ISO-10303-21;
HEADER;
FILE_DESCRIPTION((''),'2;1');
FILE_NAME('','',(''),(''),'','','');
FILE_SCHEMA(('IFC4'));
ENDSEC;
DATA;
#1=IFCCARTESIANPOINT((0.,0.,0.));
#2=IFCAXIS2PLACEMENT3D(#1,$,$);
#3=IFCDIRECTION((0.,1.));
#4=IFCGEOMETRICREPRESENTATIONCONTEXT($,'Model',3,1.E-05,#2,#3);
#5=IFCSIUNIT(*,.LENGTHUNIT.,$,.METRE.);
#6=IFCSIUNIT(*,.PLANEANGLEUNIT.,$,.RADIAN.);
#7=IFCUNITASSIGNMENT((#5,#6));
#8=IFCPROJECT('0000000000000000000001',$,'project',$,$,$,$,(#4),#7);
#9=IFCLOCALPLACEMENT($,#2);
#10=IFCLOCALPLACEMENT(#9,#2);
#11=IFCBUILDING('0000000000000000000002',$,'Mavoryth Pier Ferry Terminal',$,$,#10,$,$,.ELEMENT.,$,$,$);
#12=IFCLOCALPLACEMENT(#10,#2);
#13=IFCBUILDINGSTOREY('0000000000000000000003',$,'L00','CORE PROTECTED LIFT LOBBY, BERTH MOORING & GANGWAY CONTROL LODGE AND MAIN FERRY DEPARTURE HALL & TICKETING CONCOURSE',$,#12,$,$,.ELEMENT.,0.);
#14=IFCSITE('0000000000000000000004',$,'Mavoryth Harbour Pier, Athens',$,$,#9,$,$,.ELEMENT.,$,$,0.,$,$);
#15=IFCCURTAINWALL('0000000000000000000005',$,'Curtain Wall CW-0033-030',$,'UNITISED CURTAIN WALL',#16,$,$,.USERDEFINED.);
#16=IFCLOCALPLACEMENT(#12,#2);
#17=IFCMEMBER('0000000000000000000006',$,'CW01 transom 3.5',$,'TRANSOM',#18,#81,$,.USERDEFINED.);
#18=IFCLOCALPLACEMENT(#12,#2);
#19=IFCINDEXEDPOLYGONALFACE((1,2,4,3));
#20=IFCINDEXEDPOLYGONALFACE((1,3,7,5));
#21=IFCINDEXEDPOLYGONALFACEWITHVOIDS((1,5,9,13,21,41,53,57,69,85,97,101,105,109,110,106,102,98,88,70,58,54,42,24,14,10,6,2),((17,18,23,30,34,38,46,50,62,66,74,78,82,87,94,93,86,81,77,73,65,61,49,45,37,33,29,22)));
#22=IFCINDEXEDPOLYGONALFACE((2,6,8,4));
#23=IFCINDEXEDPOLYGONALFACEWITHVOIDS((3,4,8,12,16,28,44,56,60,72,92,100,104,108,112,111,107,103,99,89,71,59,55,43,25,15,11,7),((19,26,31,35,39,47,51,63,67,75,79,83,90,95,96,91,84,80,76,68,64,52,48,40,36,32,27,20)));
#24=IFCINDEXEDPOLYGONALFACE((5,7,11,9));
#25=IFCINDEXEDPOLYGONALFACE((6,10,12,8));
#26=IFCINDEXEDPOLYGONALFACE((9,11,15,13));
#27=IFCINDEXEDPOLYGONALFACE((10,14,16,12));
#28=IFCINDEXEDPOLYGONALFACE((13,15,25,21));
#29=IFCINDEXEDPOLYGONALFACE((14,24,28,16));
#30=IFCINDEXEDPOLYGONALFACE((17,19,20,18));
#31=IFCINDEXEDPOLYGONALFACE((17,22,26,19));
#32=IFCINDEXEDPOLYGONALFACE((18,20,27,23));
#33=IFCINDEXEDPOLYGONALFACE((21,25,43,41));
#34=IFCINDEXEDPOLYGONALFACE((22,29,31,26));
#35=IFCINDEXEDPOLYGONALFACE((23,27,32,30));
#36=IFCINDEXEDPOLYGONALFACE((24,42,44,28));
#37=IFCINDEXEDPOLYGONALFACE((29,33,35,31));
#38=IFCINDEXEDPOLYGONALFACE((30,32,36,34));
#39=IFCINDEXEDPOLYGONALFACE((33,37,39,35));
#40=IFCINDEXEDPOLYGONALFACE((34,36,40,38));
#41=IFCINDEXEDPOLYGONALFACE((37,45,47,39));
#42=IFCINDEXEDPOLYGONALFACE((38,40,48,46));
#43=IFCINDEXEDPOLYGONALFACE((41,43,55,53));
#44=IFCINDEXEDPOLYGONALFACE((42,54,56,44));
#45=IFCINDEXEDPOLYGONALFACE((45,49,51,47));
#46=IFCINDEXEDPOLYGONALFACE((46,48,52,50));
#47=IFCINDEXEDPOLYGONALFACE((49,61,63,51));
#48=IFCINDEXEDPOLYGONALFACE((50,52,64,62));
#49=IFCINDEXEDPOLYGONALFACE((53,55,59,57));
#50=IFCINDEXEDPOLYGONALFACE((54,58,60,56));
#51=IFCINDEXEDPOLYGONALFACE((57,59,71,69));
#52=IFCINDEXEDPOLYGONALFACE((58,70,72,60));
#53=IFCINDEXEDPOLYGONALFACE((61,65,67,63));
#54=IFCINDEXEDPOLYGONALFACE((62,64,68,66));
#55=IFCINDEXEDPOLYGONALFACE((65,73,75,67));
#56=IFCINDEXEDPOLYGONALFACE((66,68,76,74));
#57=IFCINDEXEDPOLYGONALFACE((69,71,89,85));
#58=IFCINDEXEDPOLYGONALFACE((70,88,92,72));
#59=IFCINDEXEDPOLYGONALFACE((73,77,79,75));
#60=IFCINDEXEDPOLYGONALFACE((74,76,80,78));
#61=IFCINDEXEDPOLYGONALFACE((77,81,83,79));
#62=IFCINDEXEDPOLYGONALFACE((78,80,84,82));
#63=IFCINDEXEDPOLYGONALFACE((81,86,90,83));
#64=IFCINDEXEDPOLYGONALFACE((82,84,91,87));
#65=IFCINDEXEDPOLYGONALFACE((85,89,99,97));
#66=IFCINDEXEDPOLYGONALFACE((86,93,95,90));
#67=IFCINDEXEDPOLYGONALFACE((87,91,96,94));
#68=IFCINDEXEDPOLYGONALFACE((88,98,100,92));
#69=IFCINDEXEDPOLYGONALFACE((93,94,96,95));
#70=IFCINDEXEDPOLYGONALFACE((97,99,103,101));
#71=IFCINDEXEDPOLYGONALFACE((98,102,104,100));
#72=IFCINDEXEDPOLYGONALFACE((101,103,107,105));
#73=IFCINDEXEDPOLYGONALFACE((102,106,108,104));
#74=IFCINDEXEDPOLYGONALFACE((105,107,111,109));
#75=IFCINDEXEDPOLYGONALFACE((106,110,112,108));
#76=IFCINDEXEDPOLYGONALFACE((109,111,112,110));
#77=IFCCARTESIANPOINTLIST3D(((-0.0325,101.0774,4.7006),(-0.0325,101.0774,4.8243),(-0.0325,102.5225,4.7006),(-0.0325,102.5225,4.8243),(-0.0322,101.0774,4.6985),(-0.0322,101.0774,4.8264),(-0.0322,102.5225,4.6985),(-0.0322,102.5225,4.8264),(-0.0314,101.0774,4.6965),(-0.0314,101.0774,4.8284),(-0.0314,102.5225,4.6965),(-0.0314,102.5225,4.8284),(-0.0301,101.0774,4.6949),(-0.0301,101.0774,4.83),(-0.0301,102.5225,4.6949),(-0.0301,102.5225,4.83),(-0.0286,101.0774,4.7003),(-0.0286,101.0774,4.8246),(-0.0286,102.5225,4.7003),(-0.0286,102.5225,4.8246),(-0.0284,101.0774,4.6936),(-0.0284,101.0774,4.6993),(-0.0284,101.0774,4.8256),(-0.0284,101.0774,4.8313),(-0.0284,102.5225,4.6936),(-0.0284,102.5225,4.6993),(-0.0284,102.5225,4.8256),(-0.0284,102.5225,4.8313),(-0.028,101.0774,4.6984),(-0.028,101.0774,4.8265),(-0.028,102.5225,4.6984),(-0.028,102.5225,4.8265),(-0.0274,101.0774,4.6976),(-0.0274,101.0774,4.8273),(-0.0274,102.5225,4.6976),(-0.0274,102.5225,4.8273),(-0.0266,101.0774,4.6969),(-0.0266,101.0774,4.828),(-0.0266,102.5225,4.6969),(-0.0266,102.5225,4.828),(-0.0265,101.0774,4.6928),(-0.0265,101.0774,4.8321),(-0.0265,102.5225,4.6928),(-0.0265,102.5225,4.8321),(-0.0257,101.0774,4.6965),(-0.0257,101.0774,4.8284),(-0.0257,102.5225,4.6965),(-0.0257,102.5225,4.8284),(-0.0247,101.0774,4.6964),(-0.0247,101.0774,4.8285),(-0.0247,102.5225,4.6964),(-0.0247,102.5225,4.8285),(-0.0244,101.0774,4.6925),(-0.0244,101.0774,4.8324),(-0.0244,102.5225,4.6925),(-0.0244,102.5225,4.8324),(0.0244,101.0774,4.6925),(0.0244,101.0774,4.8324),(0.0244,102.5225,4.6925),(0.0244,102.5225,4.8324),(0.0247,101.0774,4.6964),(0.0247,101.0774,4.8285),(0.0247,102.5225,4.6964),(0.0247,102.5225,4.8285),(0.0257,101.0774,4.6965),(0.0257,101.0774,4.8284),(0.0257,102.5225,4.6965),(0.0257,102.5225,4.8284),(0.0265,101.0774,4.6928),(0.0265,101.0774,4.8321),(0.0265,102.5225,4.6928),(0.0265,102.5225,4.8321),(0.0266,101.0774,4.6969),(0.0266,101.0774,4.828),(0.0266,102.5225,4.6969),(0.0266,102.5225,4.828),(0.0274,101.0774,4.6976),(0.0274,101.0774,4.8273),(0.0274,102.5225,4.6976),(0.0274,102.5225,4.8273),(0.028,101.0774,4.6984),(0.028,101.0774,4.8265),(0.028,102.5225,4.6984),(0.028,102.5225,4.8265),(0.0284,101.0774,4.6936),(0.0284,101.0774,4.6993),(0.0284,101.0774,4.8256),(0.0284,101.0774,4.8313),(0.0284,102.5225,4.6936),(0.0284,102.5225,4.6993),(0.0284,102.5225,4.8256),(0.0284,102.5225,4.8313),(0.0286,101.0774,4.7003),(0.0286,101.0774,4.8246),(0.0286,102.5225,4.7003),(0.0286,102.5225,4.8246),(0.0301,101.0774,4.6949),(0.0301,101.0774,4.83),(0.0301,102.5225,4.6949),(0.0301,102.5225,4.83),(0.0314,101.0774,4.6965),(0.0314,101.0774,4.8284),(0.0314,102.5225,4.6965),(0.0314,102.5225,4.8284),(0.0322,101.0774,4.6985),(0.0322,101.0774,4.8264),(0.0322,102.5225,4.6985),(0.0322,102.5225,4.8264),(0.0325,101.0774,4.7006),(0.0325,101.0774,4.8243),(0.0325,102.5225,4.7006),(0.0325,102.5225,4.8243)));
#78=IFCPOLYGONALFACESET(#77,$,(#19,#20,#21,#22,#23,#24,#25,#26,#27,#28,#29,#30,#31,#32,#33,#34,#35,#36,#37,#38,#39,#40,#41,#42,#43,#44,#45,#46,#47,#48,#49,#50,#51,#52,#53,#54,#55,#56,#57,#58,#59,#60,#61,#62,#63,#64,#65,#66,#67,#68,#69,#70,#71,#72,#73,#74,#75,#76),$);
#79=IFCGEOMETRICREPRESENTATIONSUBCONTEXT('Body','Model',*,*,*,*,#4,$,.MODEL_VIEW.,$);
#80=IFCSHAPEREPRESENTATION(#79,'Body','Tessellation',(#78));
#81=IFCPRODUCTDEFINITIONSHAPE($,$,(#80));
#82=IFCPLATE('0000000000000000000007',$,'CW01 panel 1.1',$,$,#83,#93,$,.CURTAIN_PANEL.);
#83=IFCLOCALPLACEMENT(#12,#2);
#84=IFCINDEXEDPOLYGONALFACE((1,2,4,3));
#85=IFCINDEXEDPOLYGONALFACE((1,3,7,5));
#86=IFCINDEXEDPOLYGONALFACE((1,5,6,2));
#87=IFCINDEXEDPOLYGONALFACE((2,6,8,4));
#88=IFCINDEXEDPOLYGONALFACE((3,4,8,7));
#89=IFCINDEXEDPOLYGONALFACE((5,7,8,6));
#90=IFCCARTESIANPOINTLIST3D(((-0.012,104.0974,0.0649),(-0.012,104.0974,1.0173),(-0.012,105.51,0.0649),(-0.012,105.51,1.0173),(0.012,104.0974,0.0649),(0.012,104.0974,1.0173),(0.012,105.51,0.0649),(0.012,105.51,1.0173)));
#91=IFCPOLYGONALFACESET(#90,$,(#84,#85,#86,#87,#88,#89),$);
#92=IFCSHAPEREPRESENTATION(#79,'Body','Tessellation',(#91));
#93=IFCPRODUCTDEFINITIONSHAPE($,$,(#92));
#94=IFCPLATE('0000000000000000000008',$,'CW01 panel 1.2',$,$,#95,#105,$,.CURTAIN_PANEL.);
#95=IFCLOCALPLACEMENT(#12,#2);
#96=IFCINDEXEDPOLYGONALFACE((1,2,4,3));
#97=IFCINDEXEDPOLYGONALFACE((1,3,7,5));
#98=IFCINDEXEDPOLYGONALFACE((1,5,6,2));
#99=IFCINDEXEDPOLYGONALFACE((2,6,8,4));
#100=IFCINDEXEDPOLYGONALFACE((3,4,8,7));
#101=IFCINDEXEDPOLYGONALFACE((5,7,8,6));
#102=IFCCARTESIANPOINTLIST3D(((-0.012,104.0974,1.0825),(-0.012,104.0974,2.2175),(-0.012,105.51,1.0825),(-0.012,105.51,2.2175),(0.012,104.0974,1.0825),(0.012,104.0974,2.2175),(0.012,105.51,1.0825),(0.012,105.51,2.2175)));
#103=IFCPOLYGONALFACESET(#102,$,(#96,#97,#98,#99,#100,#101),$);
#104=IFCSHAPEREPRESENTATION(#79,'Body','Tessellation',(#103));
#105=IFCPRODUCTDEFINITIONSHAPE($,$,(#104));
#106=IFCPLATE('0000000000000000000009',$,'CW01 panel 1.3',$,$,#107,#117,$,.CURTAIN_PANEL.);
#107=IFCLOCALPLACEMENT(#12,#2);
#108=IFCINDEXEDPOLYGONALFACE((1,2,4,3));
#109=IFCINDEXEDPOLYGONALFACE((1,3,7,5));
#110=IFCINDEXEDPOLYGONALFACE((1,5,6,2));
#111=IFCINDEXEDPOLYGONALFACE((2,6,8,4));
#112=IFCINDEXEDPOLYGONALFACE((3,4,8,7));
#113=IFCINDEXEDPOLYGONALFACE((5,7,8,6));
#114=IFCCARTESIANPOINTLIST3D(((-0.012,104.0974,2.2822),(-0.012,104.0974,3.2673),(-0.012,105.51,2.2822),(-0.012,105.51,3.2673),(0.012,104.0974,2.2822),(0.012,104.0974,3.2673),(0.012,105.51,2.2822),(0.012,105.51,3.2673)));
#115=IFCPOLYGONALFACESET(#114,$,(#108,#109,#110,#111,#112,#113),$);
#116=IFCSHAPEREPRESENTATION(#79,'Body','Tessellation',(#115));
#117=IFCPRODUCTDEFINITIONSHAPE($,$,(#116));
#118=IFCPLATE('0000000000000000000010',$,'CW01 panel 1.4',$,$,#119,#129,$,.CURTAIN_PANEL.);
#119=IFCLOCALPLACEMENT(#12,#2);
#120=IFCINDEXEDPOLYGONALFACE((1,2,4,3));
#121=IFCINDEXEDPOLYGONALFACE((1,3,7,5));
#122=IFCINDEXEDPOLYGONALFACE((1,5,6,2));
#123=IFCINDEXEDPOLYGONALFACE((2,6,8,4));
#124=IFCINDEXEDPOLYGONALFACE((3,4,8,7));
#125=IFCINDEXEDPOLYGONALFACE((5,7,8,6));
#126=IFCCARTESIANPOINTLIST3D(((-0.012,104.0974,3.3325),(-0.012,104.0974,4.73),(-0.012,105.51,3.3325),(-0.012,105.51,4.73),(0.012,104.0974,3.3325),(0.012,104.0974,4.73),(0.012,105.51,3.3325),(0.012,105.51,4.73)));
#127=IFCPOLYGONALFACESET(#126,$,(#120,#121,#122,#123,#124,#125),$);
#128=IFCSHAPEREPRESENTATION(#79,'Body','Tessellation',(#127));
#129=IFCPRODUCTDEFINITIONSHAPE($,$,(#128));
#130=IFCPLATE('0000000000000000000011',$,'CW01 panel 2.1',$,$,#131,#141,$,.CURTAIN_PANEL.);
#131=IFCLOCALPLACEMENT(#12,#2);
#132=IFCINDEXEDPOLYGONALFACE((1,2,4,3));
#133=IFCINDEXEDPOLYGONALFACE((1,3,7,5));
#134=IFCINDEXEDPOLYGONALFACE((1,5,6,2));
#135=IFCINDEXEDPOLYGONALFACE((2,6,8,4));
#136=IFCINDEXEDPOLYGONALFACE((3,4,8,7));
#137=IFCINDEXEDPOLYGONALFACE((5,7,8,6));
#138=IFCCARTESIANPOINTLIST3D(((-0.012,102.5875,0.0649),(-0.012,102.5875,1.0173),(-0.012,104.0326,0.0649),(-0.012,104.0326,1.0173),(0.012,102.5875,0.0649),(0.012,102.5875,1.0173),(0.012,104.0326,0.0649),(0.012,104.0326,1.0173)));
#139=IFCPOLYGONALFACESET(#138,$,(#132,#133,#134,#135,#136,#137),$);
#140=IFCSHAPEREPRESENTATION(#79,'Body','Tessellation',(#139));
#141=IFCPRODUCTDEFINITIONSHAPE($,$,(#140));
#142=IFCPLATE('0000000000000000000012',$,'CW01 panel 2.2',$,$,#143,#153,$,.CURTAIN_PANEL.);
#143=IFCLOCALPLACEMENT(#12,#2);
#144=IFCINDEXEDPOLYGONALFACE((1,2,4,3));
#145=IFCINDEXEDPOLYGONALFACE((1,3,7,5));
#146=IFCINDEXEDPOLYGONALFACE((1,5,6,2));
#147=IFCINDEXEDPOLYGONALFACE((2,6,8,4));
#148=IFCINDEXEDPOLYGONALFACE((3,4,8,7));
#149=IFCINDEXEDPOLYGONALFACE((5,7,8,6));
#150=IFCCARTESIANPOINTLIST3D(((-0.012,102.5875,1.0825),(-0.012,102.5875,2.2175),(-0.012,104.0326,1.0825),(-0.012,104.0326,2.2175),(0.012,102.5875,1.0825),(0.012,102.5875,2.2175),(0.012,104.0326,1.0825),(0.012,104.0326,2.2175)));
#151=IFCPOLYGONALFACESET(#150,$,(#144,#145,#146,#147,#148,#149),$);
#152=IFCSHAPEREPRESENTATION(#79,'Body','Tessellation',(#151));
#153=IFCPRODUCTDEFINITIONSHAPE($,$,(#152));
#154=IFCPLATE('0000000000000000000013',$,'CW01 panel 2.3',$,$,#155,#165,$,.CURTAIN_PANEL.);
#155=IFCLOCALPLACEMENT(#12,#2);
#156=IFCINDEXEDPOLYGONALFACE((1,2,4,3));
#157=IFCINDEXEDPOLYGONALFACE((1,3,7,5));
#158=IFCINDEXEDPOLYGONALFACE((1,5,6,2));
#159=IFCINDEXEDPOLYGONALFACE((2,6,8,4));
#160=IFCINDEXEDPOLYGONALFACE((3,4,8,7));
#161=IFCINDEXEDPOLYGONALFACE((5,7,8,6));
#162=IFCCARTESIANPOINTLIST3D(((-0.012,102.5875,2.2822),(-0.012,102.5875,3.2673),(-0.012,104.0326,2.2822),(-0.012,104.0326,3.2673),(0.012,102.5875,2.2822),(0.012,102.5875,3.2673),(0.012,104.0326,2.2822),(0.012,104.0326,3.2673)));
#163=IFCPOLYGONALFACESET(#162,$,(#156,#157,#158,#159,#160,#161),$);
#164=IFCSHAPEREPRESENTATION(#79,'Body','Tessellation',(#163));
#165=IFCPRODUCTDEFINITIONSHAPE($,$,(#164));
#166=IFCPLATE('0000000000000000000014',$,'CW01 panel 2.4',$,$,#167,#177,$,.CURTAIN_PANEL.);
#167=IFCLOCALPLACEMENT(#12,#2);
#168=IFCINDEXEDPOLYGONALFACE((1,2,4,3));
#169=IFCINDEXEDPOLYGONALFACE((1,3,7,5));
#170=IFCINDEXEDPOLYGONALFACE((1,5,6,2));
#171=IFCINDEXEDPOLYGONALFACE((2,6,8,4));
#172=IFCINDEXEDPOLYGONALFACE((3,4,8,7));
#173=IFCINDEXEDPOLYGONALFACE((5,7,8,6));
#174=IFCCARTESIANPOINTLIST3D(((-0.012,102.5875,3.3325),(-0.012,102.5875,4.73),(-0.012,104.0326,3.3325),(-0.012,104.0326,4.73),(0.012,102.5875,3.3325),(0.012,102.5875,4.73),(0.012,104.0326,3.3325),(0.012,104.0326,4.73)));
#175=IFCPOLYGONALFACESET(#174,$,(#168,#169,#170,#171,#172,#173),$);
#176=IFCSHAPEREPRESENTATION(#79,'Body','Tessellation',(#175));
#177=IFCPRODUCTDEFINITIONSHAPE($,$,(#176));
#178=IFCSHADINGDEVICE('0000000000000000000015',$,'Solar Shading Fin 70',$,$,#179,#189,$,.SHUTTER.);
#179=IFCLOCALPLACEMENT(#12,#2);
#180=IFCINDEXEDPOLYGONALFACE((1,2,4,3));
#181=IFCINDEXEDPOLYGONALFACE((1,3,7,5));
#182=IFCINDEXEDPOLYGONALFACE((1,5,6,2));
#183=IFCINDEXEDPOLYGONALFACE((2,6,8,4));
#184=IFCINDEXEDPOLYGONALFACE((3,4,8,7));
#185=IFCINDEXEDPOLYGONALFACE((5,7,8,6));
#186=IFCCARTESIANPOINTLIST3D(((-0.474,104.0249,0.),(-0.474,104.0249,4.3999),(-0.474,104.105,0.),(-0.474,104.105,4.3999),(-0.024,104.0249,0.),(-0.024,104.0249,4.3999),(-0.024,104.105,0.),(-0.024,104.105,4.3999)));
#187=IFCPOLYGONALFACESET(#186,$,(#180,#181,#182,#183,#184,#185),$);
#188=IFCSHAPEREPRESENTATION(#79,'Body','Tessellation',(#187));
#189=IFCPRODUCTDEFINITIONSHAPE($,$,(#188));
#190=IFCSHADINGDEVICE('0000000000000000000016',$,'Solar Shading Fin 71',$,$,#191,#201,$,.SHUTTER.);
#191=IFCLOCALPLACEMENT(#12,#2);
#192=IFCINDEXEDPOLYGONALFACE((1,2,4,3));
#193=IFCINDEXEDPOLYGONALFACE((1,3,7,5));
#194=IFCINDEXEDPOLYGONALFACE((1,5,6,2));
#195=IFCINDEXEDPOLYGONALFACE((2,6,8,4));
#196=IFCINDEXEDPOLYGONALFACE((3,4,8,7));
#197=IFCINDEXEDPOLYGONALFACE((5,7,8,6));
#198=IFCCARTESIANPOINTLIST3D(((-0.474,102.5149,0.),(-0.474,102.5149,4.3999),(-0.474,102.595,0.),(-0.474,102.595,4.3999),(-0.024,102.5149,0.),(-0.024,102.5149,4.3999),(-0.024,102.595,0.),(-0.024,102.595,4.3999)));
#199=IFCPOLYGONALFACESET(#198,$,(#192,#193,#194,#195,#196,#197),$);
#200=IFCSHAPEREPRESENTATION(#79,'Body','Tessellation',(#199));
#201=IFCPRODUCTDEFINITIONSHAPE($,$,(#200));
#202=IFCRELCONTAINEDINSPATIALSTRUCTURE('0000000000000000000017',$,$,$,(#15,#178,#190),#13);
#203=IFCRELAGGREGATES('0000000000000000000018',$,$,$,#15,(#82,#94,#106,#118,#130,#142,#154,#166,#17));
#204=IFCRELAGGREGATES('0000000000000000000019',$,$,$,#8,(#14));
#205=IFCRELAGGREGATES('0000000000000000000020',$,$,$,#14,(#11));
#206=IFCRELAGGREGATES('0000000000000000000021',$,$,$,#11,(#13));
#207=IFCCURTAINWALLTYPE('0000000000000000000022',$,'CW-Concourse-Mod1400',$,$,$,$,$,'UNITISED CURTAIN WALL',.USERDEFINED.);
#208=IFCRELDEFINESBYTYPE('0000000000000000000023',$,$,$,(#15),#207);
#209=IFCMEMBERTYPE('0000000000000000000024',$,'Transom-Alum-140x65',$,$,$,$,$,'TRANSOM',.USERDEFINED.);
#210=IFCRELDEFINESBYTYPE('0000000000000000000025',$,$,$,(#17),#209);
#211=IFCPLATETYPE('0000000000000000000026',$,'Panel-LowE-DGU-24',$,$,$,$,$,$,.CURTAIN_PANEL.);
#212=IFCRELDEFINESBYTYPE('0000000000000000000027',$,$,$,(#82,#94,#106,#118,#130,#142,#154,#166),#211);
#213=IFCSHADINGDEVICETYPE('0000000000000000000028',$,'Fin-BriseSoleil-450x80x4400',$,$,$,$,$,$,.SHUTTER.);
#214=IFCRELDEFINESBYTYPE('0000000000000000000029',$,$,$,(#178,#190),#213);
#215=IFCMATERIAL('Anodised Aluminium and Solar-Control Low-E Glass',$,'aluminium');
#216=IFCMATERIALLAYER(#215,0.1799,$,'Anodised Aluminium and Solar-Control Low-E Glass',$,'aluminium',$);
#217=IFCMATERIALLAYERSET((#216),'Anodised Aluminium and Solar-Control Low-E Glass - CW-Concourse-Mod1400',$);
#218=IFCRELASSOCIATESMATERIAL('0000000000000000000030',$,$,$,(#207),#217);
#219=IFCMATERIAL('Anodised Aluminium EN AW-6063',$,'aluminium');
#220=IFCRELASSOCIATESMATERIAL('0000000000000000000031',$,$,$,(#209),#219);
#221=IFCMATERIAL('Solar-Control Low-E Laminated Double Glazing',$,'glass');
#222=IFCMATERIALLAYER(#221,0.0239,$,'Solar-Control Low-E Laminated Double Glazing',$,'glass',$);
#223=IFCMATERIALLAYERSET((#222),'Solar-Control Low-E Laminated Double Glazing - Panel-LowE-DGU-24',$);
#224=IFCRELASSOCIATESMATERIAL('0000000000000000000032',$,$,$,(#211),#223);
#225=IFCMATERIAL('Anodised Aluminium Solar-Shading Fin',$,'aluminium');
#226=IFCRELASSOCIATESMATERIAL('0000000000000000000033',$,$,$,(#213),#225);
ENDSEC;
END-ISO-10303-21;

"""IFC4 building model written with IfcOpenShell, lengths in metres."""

from ifc_helpers import new_model, si_unit, direction, frame, origin, origin_2d, place, context, subcontext, project, spatial, rectangle, hollow_rectangle, extrude, material, layer, layer_set, material_profile, profile_set, type_object, element, aggregate, save


model = new_model("IFC4")

# Units and contexts
model_context = context("Model", 3, precision=1e-05, world=origin(), true_north=direction((0.0, 1.0)))
body_context = subcontext(model_context, "Body", "Model", "MODEL_VIEW")
ifc_project = project(units=[si_unit("LENGTHUNIT", "METRE"), si_unit("PLANEANGLEUNIT", "RADIAN")], contexts=[model_context])

# Site, building, storey
site_placement = place(None, origin())
site = spatial("IfcSite", under=ifc_project, at=site_placement, Name="Mavoryth Harbour Pier, Athens", CompositionType="ELEMENT", RefElevation=0.0)
building_placement = place(site_placement, origin())
building = spatial("IfcBuilding", under=site, at=building_placement, Name="Mavoryth Pier Ferry Terminal", CompositionType="ELEMENT")
storey_placement = place(building_placement, origin())
storey = spatial("IfcBuildingStorey", under=building, at=storey_placement, Name="L00", Description="CORE PROTECTED LIFT LOBBY, BERTH MOORING & GANGWAY CONTROL LODGE AND MAIN FERRY DEPARTURE HALL & TICKETING CONCOURSE", CompositionType="ELEMENT", Elevation=0.0)

# Curtain wall, member, plates
ifc_material_1 = material(Name="Anodised Aluminium and Solar-Control Low-E Glass", Category="aluminium")
ifc_layer_1 = layer(ifc_material_1, 0.1799, Name="Anodised Aluminium and Solar-Control Low-E Glass", Category="aluminium")
ifc_layer_set_1 = layer_set([ifc_layer_1], Name="Anodised Aluminium and Solar-Control Low-E Glass - CW-Concourse-Mod1400")
curtain_wall_type = type_object("IfcCurtainWallType", Name="CW-Concourse-Mod1400", ElementType="UNITISED CURTAIN WALL", PredefinedType="USERDEFINED", material=ifc_layer_set_1)
curtain_wall_placement = place(storey_placement, origin())
curtain_wall = element("IfcCurtainWall", 1, at=curtain_wall_placement, inside=storey, type_object=curtain_wall_type, Name="Curtain Wall CW-0033-030", ObjectType="UNITISED CURTAIN WALL", PredefinedType="USERDEFINED")
ifc_material_2 = material(Name="Anodised Aluminium EN AW-6063", Category="aluminium")
ifc_material_profile_1 = material_profile(ifc_material_2, hollow_rectangle(XDim=0.0649, YDim=0.1399, WallThickness=0.0039, InnerFilletRadius=0.0039, OuterFilletRadius=0.0081, at=origin_2d()), Name="AL-TRAN 140x65x4", Category="aluminium")
ifc_profile_set_1 = profile_set([ifc_material_profile_1], Name="Anodised Aluminium EN AW-6063 - AL-TRAN 140x65x4")
member_type_1 = type_object("IfcMemberType", Name="Transom-Alum-140x65", ElementType="TRANSOM", PredefinedType="USERDEFINED", material=ifc_profile_set_1)
member_1_placement = place(storey_placement, frame((0.0, 102.5225, 4.7625), z_axis=(0.0, -1.0, 0.0), x_axis=(1.0, 0.0, 0.0)))
member_1 = element("IfcMember", 2, at=member_1_placement, type_object=member_type_1, Name="CW01 transom 3.5", ObjectType="TRANSOM", PredefinedType="USERDEFINED", context=body_context, shape_type="SweptSolid", body=[
    extrude(hollow_rectangle(XDim=0.0649, YDim=0.1399, WallThickness=0.0039, InnerFilletRadius=0.0039, OuterFilletRadius=0.0081, at=origin_2d()), origin(), (0.0, 0.0, 1.0), 1.4451),
])
ifc_material_3 = material(Name="Solar-Control Low-E Laminated Double Glazing", Category="glass")
ifc_layer_2 = layer(ifc_material_3, 0.0239, Name="Solar-Control Low-E Laminated Double Glazing", Category="glass")
ifc_layer_set_2 = layer_set([ifc_layer_2], Name="Solar-Control Low-E Laminated Double Glazing - Panel-LowE-DGU-24")
plate_type = type_object("IfcPlateType", Name="Panel-LowE-DGU-24", PredefinedType="CURTAIN_PANEL", material=ifc_layer_set_2)
plate_1_placement = place(storey_placement, frame((0.0, 104.8037, 0.0649), z_axis=(0.0, 0.0, 1.0), x_axis=(0.0, -1.0, 0.0)))
plate_1 = element("IfcPlate", 3, at=plate_1_placement, type_object=plate_type, Name="CW01 panel 1.1", PredefinedType="CURTAIN_PANEL", context=body_context, shape_type="SweptSolid", body=[
    extrude(rectangle(XDim=1.4126, YDim=0.0239, at=origin_2d()), origin(), (0.0, 0.0, 1.0), 0.9524),
])
plate_2_placement = place(storey_placement, frame((0.0, 104.8037, 1.0825), z_axis=(0.0, 0.0, 1.0), x_axis=(0.0, -1.0, 0.0)))
plate_2 = element("IfcPlate", 4, at=plate_2_placement, type_object=plate_type, Name="CW01 panel 1.2", PredefinedType="CURTAIN_PANEL", context=body_context, shape_type="SweptSolid", body=[
    extrude(rectangle(XDim=1.4126, YDim=0.0239, at=origin_2d()), origin(), (0.0, 0.0, 1.0), 1.135),
])
plate_3_placement = place(storey_placement, frame((0.0, 104.8037, 2.2822), z_axis=(0.0, 0.0, 1.0), x_axis=(0.0, -1.0, 0.0)))
plate_3 = element("IfcPlate", 5, at=plate_3_placement, type_object=plate_type, Name="CW01 panel 1.3", PredefinedType="CURTAIN_PANEL", context=body_context, shape_type="SweptSolid", body=[
    extrude(rectangle(XDim=1.4126, YDim=0.0239, at=origin_2d()), origin(), (0.0, 0.0, 1.0), 0.9851),
])
plate_4_placement = place(storey_placement, frame((0.0, 104.8037, 3.3325), z_axis=(0.0, 0.0, 1.0), x_axis=(0.0, -1.0, 0.0)))
plate_4 = element("IfcPlate", 6, at=plate_4_placement, type_object=plate_type, Name="CW01 panel 1.4", PredefinedType="CURTAIN_PANEL", context=body_context, shape_type="SweptSolid", body=[
    extrude(rectangle(XDim=1.4126, YDim=0.0239, at=origin_2d()), origin(), (0.0, 0.0, 1.0), 1.3975),
])
plate_5_placement = place(storey_placement, frame((0.0, 103.3101, 0.0649), z_axis=(0.0, 0.0, 1.0), x_axis=(0.0, -1.0, 0.0)))
plate_5 = element("IfcPlate", 7, at=plate_5_placement, type_object=plate_type, Name="CW01 panel 2.1", PredefinedType="CURTAIN_PANEL", context=body_context, shape_type="SweptSolid", body=[
    extrude(rectangle(XDim=1.4451, YDim=0.0239, at=origin_2d()), origin(), (0.0, 0.0, 1.0), 0.9524),
])
plate_6_placement = place(storey_placement, frame((0.0, 103.3101, 1.0825), z_axis=(0.0, 0.0, 1.0), x_axis=(0.0, -1.0, 0.0)))
plate_6 = element("IfcPlate", 8, at=plate_6_placement, type_object=plate_type, Name="CW01 panel 2.2", PredefinedType="CURTAIN_PANEL", context=body_context, shape_type="SweptSolid", body=[
    extrude(rectangle(XDim=1.4451, YDim=0.0239, at=origin_2d()), origin(), (0.0, 0.0, 1.0), 1.135),
])
plate_7_placement = place(storey_placement, frame((0.0, 103.3101, 2.2822), z_axis=(0.0, 0.0, 1.0), x_axis=(0.0, -1.0, 0.0)))
plate_7 = element("IfcPlate", 9, at=plate_7_placement, type_object=plate_type, Name="CW01 panel 2.3", PredefinedType="CURTAIN_PANEL", context=body_context, shape_type="SweptSolid", body=[
    extrude(rectangle(XDim=1.4451, YDim=0.0239, at=origin_2d()), origin(), (0.0, 0.0, 1.0), 0.9851),
])
plate_8_placement = place(storey_placement, frame((0.0, 103.3101, 3.3325), z_axis=(0.0, 0.0, 1.0), x_axis=(0.0, -1.0, 0.0)))
plate_8 = element("IfcPlate", 10, at=plate_8_placement, type_object=plate_type, Name="CW01 panel 2.4", PredefinedType="CURTAIN_PANEL", context=body_context, shape_type="SweptSolid", body=[
    extrude(rectangle(XDim=1.4451, YDim=0.0239, at=origin_2d()), origin(), (0.0, 0.0, 1.0), 1.3975),
])
aggregate(curtain_wall, [plate_1, plate_2, plate_3, plate_4, plate_5, plate_6, plate_7, plate_8, member_1])

# Shading devices
ifc_material_4 = material(Name="Anodised Aluminium Solar-Shading Fin", Category="aluminium")
shading_device_type = type_object("IfcShadingDeviceType", Name="Fin-BriseSoleil-450x80x4400", PredefinedType="SHUTTER", material=ifc_material_4)
for number, where, z_axis, x_axis, name in (
    (11, (-0.249, 104.0649, 0.0), (0.0, 0.0, 1.0), (0.0, -1.0, 0.0), "Solar Shading Fin 70"),
    (12, (-0.249, 102.5549, 0.0), (0.0, 0.0, 1.0), (0.0, -1.0, 0.0), "Solar Shading Fin 71"),
):
    element("IfcShadingDevice", number, at=place(storey_placement, frame(where, z_axis=z_axis, x_axis=x_axis)), inside=storey, type_object=shading_device_type, Name=name, PredefinedType="SHUTTER", context=body_context, shape_type="SweptSolid", body=[
        extrude(rectangle(XDim=0.0801, YDim=0.45, at=origin_2d()), origin(), (0.0, 0.0, 1.0), 4.3999),
    ])

save(model, "model.ifc")
